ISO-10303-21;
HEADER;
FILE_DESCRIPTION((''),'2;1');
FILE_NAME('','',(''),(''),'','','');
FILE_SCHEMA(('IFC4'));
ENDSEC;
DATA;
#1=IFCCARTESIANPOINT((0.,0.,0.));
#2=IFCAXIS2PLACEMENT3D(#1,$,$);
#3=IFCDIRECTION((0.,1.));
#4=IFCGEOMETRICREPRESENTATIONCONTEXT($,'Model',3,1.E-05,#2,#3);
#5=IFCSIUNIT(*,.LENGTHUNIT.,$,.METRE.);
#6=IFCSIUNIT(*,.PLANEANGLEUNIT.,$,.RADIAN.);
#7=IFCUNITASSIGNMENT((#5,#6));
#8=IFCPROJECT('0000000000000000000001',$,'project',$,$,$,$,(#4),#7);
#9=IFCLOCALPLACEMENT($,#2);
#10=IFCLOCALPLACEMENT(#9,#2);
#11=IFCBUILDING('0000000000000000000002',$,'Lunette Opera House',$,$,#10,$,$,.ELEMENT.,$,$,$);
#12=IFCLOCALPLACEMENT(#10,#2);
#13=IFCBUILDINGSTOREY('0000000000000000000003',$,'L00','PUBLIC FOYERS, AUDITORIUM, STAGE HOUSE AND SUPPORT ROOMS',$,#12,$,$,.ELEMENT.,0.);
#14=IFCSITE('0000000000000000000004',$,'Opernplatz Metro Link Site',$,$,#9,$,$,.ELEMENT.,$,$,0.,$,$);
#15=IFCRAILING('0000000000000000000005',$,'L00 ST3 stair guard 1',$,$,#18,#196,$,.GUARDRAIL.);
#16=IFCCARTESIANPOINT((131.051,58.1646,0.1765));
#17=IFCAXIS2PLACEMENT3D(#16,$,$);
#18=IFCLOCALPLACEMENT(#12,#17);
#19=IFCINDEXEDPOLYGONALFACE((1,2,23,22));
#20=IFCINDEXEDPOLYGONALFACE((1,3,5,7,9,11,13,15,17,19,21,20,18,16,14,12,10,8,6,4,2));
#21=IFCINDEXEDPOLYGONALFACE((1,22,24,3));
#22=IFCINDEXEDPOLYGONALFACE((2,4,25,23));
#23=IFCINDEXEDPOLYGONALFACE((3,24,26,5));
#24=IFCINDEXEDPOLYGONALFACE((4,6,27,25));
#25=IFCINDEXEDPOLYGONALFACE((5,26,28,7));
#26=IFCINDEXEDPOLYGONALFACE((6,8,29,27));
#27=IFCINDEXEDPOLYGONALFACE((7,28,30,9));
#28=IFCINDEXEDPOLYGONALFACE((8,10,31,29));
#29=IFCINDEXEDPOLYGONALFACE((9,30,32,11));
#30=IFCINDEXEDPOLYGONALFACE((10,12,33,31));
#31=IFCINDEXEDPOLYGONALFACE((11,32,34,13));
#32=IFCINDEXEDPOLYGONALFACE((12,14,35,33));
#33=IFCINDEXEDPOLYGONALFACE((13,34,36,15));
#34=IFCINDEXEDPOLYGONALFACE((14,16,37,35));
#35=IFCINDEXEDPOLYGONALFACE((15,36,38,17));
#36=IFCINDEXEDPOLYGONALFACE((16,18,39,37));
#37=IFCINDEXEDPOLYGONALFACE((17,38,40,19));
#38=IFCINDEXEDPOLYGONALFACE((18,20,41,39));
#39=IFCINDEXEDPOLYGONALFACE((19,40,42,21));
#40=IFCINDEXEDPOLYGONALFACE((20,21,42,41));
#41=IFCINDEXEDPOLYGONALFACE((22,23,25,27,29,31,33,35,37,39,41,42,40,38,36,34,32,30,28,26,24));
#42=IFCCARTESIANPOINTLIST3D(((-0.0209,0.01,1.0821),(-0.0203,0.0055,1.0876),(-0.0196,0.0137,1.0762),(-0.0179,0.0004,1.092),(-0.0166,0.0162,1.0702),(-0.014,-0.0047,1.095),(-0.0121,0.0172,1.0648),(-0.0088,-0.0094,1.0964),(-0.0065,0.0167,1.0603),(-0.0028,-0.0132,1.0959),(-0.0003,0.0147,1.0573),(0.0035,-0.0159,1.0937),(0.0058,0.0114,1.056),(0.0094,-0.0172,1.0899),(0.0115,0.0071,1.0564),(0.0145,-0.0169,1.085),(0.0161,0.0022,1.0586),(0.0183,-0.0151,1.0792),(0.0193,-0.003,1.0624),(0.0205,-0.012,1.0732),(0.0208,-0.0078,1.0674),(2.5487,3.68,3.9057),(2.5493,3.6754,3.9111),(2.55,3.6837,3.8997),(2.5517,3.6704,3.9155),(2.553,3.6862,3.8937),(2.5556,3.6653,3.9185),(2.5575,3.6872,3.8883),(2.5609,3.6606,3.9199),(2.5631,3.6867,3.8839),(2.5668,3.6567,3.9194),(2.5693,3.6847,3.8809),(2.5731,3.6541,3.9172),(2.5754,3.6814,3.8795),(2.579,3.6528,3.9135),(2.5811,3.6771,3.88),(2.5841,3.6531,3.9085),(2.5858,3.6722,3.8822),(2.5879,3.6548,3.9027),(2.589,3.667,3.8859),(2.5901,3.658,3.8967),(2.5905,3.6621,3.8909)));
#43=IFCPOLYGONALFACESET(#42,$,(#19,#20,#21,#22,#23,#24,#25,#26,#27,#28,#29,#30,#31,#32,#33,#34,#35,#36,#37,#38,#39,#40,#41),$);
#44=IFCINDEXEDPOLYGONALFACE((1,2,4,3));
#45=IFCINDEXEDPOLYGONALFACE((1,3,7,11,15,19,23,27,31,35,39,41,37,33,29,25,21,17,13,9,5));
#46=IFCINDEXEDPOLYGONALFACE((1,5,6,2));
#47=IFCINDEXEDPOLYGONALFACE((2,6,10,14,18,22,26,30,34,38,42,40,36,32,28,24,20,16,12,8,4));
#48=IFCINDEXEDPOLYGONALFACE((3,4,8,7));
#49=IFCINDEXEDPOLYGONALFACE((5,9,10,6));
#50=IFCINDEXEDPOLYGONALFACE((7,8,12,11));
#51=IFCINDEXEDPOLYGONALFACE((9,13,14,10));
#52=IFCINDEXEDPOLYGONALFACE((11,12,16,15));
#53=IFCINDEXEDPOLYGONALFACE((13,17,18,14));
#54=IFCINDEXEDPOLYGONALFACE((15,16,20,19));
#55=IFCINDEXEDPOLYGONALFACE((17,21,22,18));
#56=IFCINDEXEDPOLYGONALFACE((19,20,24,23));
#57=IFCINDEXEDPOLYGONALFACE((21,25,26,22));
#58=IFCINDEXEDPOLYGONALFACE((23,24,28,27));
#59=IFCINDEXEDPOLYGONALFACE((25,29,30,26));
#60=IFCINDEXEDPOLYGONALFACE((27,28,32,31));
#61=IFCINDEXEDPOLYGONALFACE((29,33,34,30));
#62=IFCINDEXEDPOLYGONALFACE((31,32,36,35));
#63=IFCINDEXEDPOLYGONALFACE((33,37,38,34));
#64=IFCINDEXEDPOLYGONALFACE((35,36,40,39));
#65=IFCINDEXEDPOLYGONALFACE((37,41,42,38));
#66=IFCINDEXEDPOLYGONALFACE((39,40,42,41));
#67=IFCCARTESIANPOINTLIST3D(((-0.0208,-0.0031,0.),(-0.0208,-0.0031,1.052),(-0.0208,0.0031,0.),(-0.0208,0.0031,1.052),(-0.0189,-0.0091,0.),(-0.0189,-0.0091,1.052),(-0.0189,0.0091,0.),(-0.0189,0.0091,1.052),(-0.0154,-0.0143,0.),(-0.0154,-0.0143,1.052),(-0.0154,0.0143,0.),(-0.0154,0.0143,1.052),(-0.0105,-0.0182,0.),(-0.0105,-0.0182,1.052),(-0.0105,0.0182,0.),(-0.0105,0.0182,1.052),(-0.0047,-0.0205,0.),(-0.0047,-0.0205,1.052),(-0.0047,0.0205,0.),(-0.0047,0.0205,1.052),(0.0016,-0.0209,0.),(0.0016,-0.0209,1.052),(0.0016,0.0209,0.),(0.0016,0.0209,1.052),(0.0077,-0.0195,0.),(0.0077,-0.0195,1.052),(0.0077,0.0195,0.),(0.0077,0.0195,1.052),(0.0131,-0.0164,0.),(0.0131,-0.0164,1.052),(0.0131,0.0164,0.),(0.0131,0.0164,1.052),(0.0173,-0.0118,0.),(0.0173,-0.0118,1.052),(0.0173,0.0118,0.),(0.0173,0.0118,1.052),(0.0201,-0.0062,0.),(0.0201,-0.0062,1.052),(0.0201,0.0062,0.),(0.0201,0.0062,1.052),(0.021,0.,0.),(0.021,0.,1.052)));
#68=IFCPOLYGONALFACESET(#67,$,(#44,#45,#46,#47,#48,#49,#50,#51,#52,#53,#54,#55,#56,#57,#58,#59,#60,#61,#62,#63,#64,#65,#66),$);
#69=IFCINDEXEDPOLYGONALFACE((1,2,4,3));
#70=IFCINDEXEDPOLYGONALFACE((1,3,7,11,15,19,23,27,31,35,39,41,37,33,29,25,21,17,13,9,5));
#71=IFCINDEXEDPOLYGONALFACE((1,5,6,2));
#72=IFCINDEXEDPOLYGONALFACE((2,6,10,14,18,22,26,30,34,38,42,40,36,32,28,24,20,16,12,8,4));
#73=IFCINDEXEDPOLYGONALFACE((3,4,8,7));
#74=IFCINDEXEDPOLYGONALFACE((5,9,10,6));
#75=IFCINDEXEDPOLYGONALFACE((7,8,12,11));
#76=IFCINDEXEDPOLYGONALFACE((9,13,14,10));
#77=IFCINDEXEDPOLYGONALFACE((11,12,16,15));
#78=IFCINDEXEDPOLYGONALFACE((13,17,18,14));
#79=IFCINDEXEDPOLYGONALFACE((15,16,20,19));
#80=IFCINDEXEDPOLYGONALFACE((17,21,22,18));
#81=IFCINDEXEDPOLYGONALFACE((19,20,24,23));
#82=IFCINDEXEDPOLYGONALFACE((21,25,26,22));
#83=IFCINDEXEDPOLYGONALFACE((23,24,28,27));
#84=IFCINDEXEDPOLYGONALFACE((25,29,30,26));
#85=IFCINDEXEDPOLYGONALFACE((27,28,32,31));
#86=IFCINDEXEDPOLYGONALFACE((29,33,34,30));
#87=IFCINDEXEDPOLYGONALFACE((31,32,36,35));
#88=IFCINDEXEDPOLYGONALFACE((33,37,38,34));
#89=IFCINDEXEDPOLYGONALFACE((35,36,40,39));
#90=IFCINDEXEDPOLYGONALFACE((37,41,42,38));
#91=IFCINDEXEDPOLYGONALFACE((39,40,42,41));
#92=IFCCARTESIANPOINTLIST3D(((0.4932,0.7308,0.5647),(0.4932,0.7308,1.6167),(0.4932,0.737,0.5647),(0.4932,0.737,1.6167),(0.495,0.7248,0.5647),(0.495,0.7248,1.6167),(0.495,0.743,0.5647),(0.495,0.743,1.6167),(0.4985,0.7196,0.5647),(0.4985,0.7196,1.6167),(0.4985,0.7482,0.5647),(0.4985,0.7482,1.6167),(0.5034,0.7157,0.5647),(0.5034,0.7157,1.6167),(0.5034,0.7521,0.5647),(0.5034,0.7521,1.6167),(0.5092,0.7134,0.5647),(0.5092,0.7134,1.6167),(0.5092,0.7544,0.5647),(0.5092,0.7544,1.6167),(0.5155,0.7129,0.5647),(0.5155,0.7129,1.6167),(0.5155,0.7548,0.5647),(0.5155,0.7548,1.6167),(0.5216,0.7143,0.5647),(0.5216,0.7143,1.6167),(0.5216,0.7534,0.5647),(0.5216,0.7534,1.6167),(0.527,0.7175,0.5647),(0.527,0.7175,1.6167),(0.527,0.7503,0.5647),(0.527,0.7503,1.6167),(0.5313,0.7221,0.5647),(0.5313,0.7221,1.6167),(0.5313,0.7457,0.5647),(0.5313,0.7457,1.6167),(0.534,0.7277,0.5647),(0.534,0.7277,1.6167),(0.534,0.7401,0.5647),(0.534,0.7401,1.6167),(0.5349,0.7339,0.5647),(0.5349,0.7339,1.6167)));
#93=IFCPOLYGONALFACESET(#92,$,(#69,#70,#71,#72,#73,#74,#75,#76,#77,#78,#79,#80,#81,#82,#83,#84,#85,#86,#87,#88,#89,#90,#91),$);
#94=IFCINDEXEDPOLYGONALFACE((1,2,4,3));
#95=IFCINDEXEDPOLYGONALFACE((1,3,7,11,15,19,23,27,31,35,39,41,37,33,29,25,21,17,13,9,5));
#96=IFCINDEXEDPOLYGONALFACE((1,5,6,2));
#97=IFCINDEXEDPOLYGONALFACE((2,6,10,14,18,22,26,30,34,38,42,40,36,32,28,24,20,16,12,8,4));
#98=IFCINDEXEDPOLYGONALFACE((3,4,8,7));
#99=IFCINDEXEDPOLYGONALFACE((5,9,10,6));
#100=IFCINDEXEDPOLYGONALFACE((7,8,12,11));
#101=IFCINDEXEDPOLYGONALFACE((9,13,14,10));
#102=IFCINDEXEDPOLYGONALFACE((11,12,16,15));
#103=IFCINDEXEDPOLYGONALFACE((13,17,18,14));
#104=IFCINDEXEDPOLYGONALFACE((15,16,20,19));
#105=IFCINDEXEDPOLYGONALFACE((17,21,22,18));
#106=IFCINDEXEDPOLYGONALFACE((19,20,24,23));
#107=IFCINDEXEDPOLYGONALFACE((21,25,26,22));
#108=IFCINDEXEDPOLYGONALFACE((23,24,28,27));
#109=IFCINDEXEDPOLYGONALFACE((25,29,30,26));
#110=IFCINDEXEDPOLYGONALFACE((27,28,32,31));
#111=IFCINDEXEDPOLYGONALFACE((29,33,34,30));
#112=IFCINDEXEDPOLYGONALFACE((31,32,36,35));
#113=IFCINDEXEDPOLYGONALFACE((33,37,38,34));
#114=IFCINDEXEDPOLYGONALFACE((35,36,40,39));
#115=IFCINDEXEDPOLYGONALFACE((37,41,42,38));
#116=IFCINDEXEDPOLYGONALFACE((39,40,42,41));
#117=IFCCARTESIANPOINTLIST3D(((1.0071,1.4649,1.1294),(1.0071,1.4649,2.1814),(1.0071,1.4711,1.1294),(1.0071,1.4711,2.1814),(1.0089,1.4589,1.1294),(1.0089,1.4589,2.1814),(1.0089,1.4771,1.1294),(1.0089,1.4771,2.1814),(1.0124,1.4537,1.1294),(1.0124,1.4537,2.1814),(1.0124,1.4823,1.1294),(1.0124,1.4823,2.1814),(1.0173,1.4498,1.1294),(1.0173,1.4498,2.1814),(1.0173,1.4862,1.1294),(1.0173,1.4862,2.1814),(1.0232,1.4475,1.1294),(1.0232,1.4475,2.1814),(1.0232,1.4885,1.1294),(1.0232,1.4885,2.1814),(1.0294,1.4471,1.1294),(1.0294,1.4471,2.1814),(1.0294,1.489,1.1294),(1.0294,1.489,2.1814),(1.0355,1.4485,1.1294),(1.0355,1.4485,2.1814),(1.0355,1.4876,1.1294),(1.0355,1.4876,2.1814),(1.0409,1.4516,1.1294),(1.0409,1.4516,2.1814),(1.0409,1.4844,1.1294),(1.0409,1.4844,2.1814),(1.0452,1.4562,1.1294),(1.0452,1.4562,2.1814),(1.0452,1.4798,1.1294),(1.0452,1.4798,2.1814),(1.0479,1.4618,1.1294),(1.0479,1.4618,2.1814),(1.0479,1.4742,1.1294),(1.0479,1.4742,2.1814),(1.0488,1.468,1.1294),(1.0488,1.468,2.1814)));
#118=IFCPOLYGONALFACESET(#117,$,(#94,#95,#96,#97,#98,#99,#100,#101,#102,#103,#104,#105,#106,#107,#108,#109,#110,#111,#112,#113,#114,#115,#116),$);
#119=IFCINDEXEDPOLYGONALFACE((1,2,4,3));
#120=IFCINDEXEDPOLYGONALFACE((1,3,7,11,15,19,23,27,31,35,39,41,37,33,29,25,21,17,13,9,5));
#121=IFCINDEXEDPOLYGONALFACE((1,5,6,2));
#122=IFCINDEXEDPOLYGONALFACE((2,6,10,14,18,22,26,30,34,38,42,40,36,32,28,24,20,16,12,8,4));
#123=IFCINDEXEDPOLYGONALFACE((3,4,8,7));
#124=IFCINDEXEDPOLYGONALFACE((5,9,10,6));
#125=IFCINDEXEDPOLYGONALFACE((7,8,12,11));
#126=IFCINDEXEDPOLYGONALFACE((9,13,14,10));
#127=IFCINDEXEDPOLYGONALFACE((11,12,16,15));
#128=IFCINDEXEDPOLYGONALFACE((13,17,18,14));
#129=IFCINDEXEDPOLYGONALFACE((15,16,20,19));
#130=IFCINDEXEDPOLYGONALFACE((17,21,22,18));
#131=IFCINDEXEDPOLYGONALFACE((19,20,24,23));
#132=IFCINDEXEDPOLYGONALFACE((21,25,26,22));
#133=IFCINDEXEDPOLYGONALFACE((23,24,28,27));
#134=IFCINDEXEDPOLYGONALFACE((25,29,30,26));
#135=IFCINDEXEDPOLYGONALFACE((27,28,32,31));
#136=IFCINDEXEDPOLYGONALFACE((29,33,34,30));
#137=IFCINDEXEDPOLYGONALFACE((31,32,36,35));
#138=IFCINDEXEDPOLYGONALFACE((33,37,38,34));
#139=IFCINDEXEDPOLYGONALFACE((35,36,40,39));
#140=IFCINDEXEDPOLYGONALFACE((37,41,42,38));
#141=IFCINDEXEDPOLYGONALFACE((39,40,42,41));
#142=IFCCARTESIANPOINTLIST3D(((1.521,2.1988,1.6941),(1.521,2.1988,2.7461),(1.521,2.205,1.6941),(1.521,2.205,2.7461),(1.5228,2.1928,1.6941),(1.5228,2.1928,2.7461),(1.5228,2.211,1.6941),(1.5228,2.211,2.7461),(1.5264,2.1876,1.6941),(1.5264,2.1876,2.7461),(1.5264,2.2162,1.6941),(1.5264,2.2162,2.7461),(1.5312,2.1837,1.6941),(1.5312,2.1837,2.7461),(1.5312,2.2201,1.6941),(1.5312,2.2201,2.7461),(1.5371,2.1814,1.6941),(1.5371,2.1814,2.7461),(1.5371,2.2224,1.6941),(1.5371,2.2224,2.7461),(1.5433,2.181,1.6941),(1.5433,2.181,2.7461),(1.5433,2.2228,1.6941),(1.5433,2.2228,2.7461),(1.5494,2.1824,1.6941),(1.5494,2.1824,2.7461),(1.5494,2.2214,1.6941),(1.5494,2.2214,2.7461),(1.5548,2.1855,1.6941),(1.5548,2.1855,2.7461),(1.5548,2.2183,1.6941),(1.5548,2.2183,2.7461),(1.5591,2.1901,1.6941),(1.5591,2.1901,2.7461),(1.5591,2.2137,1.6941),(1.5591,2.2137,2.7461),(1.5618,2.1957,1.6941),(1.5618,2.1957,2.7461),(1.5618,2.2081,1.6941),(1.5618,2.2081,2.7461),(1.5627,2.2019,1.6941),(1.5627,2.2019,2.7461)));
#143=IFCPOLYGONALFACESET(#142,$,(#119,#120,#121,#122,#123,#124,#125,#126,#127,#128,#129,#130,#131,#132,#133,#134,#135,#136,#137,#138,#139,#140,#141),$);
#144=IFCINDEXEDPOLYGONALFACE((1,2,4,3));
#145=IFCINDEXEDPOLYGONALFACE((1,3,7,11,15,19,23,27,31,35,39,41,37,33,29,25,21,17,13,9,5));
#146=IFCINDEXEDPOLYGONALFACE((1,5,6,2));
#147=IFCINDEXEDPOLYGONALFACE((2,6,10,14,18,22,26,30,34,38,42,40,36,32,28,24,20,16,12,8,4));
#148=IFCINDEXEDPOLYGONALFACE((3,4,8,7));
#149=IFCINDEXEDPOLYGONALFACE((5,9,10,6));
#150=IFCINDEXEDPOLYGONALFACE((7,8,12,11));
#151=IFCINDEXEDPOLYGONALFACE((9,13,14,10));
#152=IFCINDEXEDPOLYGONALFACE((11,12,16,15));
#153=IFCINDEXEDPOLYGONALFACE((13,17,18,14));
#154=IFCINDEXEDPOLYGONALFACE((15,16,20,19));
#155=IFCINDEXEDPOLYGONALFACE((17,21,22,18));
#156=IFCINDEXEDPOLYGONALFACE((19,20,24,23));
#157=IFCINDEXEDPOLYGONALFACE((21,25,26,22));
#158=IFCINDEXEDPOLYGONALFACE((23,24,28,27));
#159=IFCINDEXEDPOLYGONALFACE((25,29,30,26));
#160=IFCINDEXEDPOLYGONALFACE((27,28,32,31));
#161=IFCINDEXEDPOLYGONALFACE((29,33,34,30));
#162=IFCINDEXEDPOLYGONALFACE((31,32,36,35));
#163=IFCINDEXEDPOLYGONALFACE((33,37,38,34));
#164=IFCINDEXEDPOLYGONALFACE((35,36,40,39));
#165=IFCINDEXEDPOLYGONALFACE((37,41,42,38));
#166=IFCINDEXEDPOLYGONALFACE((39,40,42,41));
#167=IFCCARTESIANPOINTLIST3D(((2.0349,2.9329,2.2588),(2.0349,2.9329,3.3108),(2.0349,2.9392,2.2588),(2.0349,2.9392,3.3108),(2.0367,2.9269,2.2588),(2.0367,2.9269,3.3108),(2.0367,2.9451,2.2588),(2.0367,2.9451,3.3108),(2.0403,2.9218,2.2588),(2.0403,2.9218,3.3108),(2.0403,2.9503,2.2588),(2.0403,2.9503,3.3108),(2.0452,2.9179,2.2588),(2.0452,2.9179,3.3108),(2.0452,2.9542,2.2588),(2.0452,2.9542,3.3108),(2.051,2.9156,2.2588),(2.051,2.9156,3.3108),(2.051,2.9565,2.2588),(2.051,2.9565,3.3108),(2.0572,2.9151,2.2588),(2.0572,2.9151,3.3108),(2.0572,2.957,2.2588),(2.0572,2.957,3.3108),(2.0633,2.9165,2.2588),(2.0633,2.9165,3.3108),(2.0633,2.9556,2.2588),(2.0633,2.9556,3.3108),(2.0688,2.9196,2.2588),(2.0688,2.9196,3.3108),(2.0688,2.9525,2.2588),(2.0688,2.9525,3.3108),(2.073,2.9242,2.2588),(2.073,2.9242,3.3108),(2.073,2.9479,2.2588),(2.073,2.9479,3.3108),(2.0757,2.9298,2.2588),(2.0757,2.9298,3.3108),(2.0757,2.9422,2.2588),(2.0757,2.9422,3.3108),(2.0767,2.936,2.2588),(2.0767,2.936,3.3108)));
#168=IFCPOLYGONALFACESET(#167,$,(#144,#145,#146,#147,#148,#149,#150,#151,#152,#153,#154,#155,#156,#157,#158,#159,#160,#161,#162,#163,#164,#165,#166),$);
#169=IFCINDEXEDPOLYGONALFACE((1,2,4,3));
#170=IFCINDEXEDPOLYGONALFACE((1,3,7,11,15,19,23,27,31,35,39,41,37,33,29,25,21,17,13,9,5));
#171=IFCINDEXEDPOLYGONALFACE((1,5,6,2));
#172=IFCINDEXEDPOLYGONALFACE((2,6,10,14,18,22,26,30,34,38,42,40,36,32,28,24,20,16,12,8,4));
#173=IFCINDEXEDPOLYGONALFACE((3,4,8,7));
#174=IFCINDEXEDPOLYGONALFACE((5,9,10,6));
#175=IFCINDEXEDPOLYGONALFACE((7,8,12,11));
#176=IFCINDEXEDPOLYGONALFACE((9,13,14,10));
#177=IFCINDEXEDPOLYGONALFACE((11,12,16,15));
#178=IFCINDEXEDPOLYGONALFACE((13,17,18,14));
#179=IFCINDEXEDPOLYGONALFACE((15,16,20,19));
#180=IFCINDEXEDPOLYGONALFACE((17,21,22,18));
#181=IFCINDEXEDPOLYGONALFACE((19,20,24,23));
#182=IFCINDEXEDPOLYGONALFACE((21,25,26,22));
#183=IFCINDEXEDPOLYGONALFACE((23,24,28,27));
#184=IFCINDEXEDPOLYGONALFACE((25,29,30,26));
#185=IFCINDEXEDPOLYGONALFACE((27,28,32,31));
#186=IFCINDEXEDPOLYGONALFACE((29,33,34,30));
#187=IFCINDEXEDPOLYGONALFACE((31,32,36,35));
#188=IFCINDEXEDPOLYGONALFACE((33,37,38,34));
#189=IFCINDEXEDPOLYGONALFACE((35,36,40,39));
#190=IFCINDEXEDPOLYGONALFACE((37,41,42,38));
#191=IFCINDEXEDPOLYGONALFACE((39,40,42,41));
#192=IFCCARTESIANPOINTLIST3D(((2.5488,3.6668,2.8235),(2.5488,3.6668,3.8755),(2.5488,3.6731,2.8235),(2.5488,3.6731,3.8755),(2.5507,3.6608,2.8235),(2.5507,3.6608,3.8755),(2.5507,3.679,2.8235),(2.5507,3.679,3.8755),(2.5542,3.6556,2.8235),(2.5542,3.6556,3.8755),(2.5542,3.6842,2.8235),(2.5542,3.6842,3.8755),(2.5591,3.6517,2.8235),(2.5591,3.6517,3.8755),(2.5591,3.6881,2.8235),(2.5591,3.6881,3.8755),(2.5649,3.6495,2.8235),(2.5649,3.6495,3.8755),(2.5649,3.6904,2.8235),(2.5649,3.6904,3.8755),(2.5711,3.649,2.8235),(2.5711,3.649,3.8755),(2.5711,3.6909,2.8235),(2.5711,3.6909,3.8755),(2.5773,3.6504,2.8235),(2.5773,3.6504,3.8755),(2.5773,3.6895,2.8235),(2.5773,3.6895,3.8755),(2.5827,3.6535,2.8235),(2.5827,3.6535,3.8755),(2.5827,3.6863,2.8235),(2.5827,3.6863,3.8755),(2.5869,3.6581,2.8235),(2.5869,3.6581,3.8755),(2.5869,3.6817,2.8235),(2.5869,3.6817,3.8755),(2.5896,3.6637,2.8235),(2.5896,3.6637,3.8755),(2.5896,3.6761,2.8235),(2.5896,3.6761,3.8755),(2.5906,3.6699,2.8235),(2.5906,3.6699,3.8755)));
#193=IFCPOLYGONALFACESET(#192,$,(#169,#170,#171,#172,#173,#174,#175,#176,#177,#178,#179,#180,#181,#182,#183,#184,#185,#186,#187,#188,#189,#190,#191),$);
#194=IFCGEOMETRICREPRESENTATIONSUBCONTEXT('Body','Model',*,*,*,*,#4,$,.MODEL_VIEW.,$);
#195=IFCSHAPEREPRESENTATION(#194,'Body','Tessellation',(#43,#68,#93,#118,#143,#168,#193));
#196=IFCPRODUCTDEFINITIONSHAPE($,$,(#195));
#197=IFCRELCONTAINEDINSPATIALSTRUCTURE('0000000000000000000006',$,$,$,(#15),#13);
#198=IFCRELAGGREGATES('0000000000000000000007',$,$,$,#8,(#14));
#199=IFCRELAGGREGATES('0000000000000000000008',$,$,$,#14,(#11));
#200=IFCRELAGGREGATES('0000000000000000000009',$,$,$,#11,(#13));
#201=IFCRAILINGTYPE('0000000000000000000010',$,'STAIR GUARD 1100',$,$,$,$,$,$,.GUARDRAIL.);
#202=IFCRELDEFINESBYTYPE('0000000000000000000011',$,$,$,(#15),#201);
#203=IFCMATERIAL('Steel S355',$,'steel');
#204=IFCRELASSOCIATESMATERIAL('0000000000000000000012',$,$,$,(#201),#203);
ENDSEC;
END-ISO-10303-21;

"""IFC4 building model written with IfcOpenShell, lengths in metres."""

from ifc_helpers import new_model, si_unit, direction, frame, origin, origin_2d, place, context, subcontext, project, spatial, circle, extrude, material, type_object, element, save


model = new_model("IFC4")

# Units and contexts
model_context = context("Model", 3, precision=1e-05, world=origin(), true_north=direction((0.0, 1.0)))
body_context = subcontext(model_context, "Body", "Model", "MODEL_VIEW")
ifc_project = project(units=[si_unit("LENGTHUNIT", "METRE"), si_unit("PLANEANGLEUNIT", "RADIAN")], contexts=[model_context])

# Site, building, storey
site_placement = place(None, origin())
site = spatial("IfcSite", under=ifc_project, at=site_placement, Name="Opernplatz Metro Link Site", CompositionType="ELEMENT", RefElevation=0.0)
building_placement = place(site_placement, origin())
building = spatial("IfcBuilding", under=site, at=building_placement, Name="Lunette Opera House", CompositionType="ELEMENT")
storey_placement = place(building_placement, origin())
storey = spatial("IfcBuildingStorey", under=building, at=storey_placement, Name="L00", Description="PUBLIC FOYERS, AUDITORIUM, STAGE HOUSE AND SUPPORT ROOMS", CompositionType="ELEMENT", Elevation=0.0)

# Railing
ifc_material_1 = material(Name="Steel S355", Category="steel")
railing_type_1 = type_object("IfcRailingType", Name="STAIR GUARD 1100", PredefinedType="GUARDRAIL", material=ifc_material_1)
railing_1_placement = place(storey_placement, frame((131.051, 58.1646, 0.1765)))
element("IfcRailing", 1, at=railing_1_placement, inside=storey, type_object=railing_type_1, Name="L00 ST3 stair guard 1", PredefinedType="GUARDRAIL", context=body_context, shape_type="SweptSolid", body=[
    extrude(circle(Radius=0.0239, at=origin_2d()), frame((0.0, 0.0, 1.0762), z_axis=(0.485231, 0.693016, 0.533178), x_axis=(-0.819165, 0.573557, 0.0)), (0.0, 0.0, 1.0), 5.2957),
    extrude(circle(Radius=0.021, at=origin_2d()), origin(), (0.0, 0.0, 1.0), 1.052),
    extrude(circle(Radius=0.021, at=origin_2d()), frame((0.5139, 0.7339, 0.5647)), (0.0, 0.0, 1.0), 1.052),
    extrude(circle(Radius=0.021, at=origin_2d()), frame((1.0278, 1.468, 1.1294)), (0.0, 0.0, 1.0), 1.052),
    extrude(circle(Radius=0.021, at=origin_2d()), frame((1.5417, 2.2019, 1.6941)), (0.0, 0.0, 1.0), 1.052),
    extrude(circle(Radius=0.021, at=origin_2d()), frame((2.0557, 2.936, 2.2588)), (0.0, 0.0, 1.0), 1.052),
    extrude(circle(Radius=0.021, at=origin_2d()), frame((2.5696, 3.6699, 2.8235)), (0.0, 0.0, 1.0), 1.052),
])

save(model, "model.ifc")
